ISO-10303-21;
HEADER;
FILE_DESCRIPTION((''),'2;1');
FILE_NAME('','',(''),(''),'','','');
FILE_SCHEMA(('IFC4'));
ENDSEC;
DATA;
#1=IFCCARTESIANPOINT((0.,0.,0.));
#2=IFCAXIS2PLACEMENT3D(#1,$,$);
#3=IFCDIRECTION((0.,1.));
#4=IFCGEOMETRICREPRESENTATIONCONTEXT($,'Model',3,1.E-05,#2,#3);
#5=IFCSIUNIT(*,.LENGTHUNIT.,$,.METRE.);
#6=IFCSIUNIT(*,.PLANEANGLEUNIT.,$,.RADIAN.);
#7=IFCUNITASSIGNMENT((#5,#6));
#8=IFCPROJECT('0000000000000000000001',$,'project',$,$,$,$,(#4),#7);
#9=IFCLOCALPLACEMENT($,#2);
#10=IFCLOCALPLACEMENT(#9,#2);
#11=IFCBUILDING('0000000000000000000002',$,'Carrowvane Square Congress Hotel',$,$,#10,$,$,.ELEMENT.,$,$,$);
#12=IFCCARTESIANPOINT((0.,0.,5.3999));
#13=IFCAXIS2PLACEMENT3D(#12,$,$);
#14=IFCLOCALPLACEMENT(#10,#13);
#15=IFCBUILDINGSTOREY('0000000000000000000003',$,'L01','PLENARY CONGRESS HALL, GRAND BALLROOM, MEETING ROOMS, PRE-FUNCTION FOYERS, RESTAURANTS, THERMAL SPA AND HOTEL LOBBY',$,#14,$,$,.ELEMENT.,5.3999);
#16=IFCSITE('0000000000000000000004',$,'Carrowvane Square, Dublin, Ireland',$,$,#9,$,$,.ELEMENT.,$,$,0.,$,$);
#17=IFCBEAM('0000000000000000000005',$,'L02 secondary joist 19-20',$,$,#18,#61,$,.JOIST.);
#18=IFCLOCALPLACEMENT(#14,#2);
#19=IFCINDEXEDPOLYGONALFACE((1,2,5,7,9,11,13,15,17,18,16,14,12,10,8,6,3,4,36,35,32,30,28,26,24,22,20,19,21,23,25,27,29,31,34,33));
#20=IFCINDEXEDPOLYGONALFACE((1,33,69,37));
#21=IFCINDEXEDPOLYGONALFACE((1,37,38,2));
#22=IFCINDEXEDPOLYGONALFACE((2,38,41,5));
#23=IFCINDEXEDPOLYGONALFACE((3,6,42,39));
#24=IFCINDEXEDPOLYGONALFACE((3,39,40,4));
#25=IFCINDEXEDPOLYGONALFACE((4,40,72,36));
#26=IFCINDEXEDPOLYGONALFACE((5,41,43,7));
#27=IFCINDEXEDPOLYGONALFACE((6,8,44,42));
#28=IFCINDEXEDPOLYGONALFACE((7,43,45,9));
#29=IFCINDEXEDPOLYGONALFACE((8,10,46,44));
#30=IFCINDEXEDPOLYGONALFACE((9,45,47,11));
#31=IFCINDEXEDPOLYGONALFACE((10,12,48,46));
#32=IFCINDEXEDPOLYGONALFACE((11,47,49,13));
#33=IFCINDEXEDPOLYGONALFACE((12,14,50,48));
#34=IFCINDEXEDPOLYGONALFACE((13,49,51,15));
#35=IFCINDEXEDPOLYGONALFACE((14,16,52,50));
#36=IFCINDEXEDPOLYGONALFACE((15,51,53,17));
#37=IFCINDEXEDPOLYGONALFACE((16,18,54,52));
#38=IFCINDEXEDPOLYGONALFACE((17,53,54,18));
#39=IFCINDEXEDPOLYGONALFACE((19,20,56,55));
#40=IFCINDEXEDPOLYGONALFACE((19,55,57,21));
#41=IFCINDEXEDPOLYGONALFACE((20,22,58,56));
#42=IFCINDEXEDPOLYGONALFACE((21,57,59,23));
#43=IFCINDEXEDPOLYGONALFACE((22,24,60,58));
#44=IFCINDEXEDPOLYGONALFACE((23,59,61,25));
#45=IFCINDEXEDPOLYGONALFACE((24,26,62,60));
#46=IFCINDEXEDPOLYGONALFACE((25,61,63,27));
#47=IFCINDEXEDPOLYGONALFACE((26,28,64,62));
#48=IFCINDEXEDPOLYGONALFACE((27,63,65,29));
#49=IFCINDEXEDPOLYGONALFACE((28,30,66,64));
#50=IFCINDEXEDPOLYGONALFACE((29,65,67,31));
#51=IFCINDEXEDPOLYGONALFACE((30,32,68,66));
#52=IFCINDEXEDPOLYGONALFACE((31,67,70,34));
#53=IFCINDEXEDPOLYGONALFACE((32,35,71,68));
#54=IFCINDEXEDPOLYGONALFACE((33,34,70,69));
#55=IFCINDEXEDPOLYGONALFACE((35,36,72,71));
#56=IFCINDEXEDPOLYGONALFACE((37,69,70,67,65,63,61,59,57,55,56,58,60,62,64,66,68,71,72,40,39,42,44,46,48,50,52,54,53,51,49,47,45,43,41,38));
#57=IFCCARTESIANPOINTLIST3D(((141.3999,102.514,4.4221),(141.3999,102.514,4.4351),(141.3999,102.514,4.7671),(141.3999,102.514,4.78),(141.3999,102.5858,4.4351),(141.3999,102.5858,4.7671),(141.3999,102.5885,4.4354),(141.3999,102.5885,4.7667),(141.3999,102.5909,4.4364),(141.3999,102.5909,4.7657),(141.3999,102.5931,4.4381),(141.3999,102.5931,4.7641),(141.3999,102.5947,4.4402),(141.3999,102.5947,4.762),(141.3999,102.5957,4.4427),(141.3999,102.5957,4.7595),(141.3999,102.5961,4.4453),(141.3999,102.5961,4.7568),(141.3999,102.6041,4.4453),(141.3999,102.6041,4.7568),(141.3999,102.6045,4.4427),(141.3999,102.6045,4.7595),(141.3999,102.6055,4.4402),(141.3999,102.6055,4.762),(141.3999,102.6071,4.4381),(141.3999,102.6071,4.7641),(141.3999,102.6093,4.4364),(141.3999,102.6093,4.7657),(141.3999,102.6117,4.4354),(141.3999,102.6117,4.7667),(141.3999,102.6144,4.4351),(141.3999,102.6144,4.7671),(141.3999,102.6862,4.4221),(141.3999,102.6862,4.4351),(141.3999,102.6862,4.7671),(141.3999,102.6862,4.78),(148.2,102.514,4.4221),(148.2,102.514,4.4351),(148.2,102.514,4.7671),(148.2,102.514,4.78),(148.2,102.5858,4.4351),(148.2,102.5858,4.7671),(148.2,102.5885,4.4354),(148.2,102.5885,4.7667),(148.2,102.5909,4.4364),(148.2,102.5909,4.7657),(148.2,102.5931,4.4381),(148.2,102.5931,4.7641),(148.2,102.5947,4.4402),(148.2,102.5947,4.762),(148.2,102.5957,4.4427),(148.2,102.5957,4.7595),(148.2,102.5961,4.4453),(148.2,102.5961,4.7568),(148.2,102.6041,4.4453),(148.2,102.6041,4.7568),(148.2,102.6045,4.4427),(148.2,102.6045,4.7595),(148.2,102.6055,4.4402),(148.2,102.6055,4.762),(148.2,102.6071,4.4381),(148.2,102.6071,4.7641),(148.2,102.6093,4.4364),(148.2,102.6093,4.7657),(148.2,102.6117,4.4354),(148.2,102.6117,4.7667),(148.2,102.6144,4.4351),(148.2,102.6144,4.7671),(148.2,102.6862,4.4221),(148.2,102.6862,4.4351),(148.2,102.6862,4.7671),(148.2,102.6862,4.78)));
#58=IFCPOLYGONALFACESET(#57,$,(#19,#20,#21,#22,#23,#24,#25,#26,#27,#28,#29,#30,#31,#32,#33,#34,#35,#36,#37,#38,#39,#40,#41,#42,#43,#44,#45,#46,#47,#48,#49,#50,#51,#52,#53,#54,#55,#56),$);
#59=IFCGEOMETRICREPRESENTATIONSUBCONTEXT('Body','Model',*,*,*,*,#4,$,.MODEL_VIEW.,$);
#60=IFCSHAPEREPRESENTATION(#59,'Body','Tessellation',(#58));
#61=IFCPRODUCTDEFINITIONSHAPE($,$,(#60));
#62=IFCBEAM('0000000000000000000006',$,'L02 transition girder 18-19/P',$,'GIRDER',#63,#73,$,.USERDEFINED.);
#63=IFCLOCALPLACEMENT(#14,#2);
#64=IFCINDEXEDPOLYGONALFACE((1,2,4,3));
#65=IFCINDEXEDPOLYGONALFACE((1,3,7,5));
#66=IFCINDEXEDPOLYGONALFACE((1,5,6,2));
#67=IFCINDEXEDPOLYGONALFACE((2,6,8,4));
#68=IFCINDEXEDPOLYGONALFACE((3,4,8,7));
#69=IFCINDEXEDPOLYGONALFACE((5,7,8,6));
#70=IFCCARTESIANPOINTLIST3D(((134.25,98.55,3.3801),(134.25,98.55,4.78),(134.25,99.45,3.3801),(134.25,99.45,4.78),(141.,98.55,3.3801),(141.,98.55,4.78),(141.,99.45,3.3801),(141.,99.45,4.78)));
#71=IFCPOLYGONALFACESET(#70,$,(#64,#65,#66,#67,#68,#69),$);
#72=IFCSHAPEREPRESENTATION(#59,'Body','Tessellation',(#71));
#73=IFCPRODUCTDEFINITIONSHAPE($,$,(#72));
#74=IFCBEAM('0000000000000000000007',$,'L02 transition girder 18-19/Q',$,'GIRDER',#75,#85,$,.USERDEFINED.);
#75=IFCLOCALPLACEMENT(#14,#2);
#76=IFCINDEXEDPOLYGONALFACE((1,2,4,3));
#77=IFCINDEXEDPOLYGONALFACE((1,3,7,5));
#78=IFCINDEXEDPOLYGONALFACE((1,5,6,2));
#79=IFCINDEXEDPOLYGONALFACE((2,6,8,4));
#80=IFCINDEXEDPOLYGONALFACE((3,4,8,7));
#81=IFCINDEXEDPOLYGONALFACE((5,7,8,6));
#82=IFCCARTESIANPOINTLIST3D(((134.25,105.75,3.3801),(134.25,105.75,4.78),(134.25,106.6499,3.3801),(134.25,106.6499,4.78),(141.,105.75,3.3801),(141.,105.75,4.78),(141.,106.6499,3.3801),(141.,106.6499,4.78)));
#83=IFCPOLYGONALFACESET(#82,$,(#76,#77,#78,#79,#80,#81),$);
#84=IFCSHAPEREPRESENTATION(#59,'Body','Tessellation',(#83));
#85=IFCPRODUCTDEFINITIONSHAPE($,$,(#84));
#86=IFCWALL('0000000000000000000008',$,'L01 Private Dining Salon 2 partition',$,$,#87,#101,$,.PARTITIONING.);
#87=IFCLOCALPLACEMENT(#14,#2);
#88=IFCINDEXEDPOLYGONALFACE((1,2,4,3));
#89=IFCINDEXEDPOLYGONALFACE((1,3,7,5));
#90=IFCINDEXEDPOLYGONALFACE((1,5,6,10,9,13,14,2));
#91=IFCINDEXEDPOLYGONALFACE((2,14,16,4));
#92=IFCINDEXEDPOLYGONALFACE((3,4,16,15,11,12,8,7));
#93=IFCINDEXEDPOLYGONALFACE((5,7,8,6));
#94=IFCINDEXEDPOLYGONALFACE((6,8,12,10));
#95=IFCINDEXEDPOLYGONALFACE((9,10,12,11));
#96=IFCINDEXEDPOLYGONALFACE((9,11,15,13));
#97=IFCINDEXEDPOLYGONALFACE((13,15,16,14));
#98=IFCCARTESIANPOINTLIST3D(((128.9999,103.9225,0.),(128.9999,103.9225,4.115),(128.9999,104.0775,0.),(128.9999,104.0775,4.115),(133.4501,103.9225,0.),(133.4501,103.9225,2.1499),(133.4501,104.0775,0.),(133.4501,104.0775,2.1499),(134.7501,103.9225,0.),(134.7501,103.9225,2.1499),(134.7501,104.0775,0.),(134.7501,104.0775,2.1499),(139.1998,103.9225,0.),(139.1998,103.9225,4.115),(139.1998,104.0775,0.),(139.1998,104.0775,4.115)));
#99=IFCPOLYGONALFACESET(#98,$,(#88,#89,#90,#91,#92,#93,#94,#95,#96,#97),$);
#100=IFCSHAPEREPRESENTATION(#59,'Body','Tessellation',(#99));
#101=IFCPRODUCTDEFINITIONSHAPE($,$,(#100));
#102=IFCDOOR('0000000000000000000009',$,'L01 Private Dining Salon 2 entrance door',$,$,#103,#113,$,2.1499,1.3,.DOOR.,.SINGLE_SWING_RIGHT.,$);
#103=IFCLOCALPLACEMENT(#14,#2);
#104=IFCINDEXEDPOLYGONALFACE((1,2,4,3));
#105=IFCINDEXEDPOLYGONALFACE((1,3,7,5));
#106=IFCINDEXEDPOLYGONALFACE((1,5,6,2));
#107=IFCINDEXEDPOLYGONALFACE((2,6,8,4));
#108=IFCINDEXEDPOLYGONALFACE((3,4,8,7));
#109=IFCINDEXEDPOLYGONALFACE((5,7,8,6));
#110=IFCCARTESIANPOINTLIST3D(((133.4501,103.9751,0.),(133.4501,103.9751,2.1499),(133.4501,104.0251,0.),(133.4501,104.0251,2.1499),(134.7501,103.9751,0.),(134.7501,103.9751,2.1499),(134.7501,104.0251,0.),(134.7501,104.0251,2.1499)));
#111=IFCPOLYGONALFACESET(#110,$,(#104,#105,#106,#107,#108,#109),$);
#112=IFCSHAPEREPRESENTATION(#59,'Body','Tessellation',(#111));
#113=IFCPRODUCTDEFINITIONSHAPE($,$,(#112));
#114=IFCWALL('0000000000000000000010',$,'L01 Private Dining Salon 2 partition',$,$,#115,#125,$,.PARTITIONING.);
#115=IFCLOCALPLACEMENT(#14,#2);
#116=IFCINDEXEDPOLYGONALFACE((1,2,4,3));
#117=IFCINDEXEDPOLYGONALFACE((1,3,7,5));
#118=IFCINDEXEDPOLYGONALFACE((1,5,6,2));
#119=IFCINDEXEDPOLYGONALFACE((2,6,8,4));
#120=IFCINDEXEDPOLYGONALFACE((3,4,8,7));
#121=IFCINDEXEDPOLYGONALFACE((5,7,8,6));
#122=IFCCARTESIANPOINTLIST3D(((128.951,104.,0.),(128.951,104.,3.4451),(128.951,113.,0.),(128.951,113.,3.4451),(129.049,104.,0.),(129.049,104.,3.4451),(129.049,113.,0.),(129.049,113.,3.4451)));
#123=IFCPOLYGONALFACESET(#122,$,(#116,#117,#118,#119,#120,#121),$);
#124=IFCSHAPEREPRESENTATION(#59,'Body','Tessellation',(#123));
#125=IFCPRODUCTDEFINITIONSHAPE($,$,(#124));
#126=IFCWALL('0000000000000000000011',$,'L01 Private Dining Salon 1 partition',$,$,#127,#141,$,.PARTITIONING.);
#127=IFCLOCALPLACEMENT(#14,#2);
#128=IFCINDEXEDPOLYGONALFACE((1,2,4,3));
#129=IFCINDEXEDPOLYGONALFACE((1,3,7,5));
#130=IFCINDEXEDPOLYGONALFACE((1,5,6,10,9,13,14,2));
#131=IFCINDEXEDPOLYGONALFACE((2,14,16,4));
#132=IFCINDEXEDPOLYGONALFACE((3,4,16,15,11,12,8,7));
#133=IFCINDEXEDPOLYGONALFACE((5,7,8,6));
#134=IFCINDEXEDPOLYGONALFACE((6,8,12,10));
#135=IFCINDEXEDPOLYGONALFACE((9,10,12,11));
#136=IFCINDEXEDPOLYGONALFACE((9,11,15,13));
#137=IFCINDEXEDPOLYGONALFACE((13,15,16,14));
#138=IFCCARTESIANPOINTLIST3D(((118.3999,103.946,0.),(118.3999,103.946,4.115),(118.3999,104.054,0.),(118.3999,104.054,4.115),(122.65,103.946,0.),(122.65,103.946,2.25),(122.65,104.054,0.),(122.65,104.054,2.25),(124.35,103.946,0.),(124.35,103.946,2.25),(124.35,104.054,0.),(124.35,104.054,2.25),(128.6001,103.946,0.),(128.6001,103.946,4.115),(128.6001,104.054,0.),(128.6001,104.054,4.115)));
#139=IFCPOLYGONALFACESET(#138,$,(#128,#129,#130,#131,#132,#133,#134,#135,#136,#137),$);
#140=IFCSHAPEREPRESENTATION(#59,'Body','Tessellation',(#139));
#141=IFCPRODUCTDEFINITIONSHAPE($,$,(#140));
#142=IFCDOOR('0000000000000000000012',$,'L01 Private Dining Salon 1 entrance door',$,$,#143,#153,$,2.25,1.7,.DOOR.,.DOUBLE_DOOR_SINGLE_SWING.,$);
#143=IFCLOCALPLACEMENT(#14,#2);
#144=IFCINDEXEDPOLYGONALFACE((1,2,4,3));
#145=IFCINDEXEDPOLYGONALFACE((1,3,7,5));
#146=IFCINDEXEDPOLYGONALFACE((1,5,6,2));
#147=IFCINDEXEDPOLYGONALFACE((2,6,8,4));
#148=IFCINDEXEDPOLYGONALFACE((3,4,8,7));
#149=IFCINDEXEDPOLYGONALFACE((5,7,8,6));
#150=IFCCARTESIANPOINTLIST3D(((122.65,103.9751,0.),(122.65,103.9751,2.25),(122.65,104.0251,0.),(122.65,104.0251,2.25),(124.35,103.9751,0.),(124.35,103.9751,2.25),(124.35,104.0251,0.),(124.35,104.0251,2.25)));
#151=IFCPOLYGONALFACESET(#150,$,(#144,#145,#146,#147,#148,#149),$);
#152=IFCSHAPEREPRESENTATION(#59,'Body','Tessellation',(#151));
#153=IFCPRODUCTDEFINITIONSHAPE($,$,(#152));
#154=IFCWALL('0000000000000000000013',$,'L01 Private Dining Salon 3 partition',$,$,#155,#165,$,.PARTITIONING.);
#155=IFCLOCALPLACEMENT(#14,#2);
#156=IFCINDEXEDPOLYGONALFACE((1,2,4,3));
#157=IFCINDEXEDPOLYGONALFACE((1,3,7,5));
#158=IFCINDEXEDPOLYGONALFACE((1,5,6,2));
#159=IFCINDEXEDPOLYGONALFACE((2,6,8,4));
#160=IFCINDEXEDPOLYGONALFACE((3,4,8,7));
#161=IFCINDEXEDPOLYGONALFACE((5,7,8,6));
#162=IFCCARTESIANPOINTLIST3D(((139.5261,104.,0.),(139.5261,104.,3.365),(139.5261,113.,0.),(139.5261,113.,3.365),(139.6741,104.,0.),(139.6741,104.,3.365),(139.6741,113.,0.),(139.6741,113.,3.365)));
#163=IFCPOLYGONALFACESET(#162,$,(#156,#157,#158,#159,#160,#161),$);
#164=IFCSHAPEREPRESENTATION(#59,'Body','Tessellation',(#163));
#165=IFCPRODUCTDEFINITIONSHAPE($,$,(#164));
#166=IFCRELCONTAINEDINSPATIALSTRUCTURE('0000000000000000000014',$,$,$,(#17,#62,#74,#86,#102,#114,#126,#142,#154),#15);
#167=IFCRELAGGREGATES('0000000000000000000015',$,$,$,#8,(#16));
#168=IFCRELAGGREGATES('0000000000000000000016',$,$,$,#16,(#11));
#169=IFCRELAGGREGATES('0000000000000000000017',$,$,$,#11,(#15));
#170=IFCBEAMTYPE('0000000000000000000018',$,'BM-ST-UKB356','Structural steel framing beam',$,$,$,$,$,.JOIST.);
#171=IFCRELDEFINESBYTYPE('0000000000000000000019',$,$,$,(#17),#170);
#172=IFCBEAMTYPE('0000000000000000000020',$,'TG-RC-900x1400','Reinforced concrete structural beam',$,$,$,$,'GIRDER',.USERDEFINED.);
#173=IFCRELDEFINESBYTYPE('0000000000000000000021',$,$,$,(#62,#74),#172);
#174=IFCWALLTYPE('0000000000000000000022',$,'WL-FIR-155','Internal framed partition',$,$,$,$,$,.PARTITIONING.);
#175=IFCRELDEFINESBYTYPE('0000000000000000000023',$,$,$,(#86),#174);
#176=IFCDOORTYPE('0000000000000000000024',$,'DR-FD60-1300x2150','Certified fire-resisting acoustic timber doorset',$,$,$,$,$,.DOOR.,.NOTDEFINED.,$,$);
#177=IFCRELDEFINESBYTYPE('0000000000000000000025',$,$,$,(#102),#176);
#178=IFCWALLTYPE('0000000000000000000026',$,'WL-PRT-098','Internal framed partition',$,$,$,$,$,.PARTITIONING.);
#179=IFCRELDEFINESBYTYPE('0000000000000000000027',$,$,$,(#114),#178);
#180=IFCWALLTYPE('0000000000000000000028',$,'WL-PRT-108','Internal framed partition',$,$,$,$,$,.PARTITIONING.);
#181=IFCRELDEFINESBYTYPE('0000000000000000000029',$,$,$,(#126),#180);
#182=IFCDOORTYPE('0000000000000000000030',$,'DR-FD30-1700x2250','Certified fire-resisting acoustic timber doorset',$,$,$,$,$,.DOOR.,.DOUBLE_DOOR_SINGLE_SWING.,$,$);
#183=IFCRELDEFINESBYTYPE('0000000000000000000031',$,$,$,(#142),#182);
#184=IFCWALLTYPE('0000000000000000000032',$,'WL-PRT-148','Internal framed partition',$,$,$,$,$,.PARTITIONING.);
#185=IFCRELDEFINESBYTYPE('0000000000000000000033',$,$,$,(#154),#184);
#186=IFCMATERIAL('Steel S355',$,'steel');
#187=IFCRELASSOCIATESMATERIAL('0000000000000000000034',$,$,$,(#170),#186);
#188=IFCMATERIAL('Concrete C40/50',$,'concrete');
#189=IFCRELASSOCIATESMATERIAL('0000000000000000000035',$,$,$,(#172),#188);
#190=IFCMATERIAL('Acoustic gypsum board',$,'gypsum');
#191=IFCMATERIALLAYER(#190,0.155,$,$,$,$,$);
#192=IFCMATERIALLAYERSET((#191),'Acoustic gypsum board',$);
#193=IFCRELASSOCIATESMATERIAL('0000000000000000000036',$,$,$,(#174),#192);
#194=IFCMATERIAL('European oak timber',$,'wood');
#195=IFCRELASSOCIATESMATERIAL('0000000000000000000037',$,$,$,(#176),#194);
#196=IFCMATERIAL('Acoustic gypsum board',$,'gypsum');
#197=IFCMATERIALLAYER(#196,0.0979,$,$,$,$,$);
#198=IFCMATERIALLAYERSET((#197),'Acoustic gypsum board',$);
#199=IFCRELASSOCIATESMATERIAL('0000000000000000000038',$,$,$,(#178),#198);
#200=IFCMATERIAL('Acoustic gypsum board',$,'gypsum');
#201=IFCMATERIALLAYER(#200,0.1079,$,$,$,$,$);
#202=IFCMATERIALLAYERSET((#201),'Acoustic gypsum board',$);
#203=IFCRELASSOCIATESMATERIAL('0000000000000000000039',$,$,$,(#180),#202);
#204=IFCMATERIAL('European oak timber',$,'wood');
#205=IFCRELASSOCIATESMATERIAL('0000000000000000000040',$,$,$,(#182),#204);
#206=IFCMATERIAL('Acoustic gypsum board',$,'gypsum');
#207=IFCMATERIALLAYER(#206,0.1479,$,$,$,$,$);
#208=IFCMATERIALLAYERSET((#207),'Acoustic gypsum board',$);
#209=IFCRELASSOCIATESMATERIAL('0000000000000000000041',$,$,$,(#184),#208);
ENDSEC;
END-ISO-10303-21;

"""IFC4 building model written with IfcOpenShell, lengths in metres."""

from ifc_helpers import new_model, si_unit, direction, frame, frame_2d, origin, origin_2d, place, context, subcontext, project, spatial, rectangle, i_section, extrude, material, layer, layer_set, material_profile, profile_set, type_object, element, fill, save


model = new_model("IFC4")

# Units and contexts
model_context = context("Model", 3, precision=1e-05, world=origin(), true_north=direction((0.0, 1.0)))
body_context = subcontext(model_context, "Body", "Model", "MODEL_VIEW")
ifc_project = project(units=[si_unit("LENGTHUNIT", "METRE"), si_unit("PLANEANGLEUNIT", "RADIAN")], contexts=[model_context])

# Site, building, storey
site_placement = place(None, origin())
site = spatial("IfcSite", under=ifc_project, at=site_placement, Name="Carrowvane Square, Dublin, Ireland", CompositionType="ELEMENT", RefElevation=0.0)
building_placement = place(site_placement, origin())
building = spatial("IfcBuilding", under=site, at=building_placement, Name="Carrowvane Square Congress Hotel", CompositionType="ELEMENT")
storey_placement = place(building_placement, frame((0.0, 0.0, 5.3999)))
storey = spatial("IfcBuildingStorey", under=building, at=storey_placement, Name="L01", Description="PLENARY CONGRESS HALL, GRAND BALLROOM, MEETING ROOMS, PRE-FUNCTION FOYERS, RESTAURANTS, THERMAL SPA AND HOTEL LOBBY", CompositionType="ELEMENT", Elevation=5.3999)

# Beams
ifc_material_1 = material(Name="Steel S355", Category="steel")
ifc_material_profile_1 = material_profile(ifc_material_1, i_section(OverallWidth=0.1721, OverallDepth=0.3579, WebThickness=0.0081, FlangeThickness=0.0129, FilletRadius=0.0103, at=origin_2d()), Name="UKB 356x171x57")
ifc_profile_set_1 = profile_set([ifc_material_profile_1], Name="Steel S355")
beam_type_1 = type_object("IfcBeamType", Name="BM-ST-UKB356", Description="Structural steel framing beam", PredefinedType="JOIST", material=ifc_profile_set_1)
for number, where, z_axis, x_axis, name in (
    (1, (141.3999, 102.6001, 4.6011), (1.0, 0.0, 0.0), (0.0, 1.0, 0.0), "L02 secondary joist 19-20"),
):
    element("IfcBeam", number, at=place(storey_placement, frame(where, z_axis=z_axis, x_axis=x_axis)), inside=storey, type_object=beam_type_1, Name=name, PredefinedType="JOIST", context=body_context, shape_type="SweptSolid", body=[
        extrude(i_section(OverallWidth=0.1721, OverallDepth=0.3579, WebThickness=0.0081, FlangeThickness=0.0129, FilletRadius=0.0103, at=origin_2d()), origin(), (0.0, 0.0, 1.0), 6.8),
    ])
ifc_material_2 = material(Name="Concrete C40/50", Category="concrete")
ifc_material_profile_2 = material_profile(ifc_material_2, rectangle(XDim=0.8999, YDim=1.3999, at=origin_2d()), Name="RC 900x1400")
ifc_profile_set_2 = profile_set([ifc_material_profile_2], Name="Concrete C40/50")
beam_type_2 = type_object("IfcBeamType", Name="TG-RC-900x1400", Description="Reinforced concrete structural beam", ElementType="GIRDER", PredefinedType="USERDEFINED", material=ifc_profile_set_2)
for number, where, z_axis, x_axis, name in (
    (2, (134.25, 99.0, 4.0801), (1.0, 0.0, 0.0), (0.0, 1.0, 0.0), "L02 transition girder 18-19/P"),
    (3, (134.25, 106.2, 4.0801), (1.0, 0.0, 0.0), (0.0, 1.0, 0.0), "L02 transition girder 18-19/Q"),
):
    element("IfcBeam", number, at=place(storey_placement, frame(where, z_axis=z_axis, x_axis=x_axis)), inside=storey, type_object=beam_type_2, Name=name, ObjectType="GIRDER", PredefinedType="USERDEFINED", context=body_context, shape_type="SweptSolid", body=[
        extrude(rectangle(XDim=0.8999, YDim=1.3999, at=origin_2d()), origin(), (0.0, 0.0, 1.0), 6.75),
    ])

# Wall, opening, door
ifc_material_3 = material(Name="Acoustic gypsum board", Category="gypsum")
ifc_layer_1 = layer(ifc_material_3, 0.155)
ifc_layer_set_1 = layer_set([ifc_layer_1], Name="Acoustic gypsum board")
wall_type_1 = type_object("IfcWallType", Name="WL-FIR-155", Description="Internal framed partition", PredefinedType="PARTITIONING", material=ifc_layer_set_1)
wall_1_placement = place(storey_placement, frame((139.2, 104.0, 0.0), z_axis=(0.0, 0.0, 1.0), x_axis=(-1.0, 0.0, 0.0)))
wall_1 = element("IfcWall", 4, at=wall_1_placement, inside=storey, type_object=wall_type_1, Name="L01 Private Dining Salon 2 partition", PredefinedType="PARTITIONING", context=body_context, shape_type="SweptSolid", body=[
    extrude(rectangle(XDim=10.2, YDim=0.155, at=frame_2d((5.1001, 0.0))), origin(), (0.0, 0.0, 1.0), 4.115),
])
opening_1_placement = place(wall_1_placement, frame((4.45, 0.0, 0.0)))
opening_1 = element("IfcOpeningElement", 5, at=opening_1_placement, cuts=wall_1, PredefinedType="OPENING", context=body_context, shape_type="SweptSolid", body=[
    extrude(rectangle(XDim=1.3, YDim=2.1499, at=frame_2d((0.6499, 1.075))), frame((0.0, 0.0874, 0.0), z_axis=(0.0, -1.0, 0.0), x_axis=(1.0, 0.0, 0.0)), (0.0, 0.0, 1.0), 0.175),
])
ifc_material_4 = material(Name="European oak timber", Category="wood")
door_type_1 = type_object("IfcDoorType", Name="DR-FD60-1300x2150", Description="Certified fire-resisting acoustic timber doorset", OperationType="NOTDEFINED", PredefinedType="DOOR", material=ifc_material_4)
door_1_placement = place(opening_1_placement, origin())
door_1 = element("IfcDoor", 6, at=door_1_placement, inside=storey, type_object=door_type_1, Name="L01 Private Dining Salon 2 entrance door", OperationType="SINGLE_SWING_RIGHT", OverallHeight=2.1499, OverallWidth=1.3, PredefinedType="DOOR", context=body_context, shape_type="SweptSolid", body=[
    extrude(rectangle(XDim=1.3, YDim=2.1499, at=frame_2d((0.6499, 1.075))), frame((0.0, 0.0249, 0.0), z_axis=(0.0, -1.0, 0.0), x_axis=(1.0, 0.0, 0.0)), (0.0, 0.0, 1.0), 0.05),
])
fill(opening_1, door_1)

# Wall
ifc_material_5 = material(Name="Acoustic gypsum board", Category="gypsum")
ifc_layer_2 = layer(ifc_material_5, 0.0979)
ifc_layer_set_2 = layer_set([ifc_layer_2], Name="Acoustic gypsum board")
wall_type_2 = type_object("IfcWallType", Name="WL-PRT-098", Description="Internal framed partition", PredefinedType="PARTITIONING", material=ifc_layer_set_2)
wall_2_placement = place(storey_placement, frame((129.0, 104.0, 0.0), z_axis=(0.0, 0.0, 1.0), x_axis=(0.0, 1.0, 0.0)))
element("IfcWall", 7, at=wall_2_placement, inside=storey, type_object=wall_type_2, Name="L01 Private Dining Salon 2 partition", PredefinedType="PARTITIONING", context=body_context, shape_type="SweptSolid", body=[
    extrude(rectangle(XDim=9.0, YDim=0.0979, at=frame_2d((4.5, 0.0))), origin(), (0.0, 0.0, 1.0), 3.4451),
])

# Wall, opening, door
ifc_material_6 = material(Name="Acoustic gypsum board", Category="gypsum")
ifc_layer_3 = layer(ifc_material_6, 0.1079)
ifc_layer_set_3 = layer_set([ifc_layer_3], Name="Acoustic gypsum board")
wall_type_3 = type_object("IfcWallType", Name="WL-PRT-108", Description="Internal framed partition", PredefinedType="PARTITIONING", material=ifc_layer_set_3)
wall_3_placement = place(storey_placement, frame((128.6001, 104.0, 0.0), z_axis=(0.0, 0.0, 1.0), x_axis=(-1.0, 0.0, 0.0)))
wall_3 = element("IfcWall", 8, at=wall_3_placement, inside=storey, type_object=wall_type_3, Name="L01 Private Dining Salon 1 partition", PredefinedType="PARTITIONING", context=body_context, shape_type="SweptSolid", body=[
    extrude(rectangle(XDim=10.2002, YDim=0.1079, at=frame_2d((5.1001, 0.0))), origin(), (0.0, 0.0, 1.0), 4.115),
])
opening_2_placement = place(wall_3_placement, frame((4.25, 0.0, 0.0)))
opening_2 = element("IfcOpeningElement", 9, at=opening_2_placement, cuts=wall_3, PredefinedType="OPENING", context=body_context, shape_type="SweptSolid", body=[
    extrude(rectangle(XDim=1.7, YDim=2.25, at=frame_2d((0.8501, 1.125))), frame((0.0, 0.064, 0.0), z_axis=(0.0, -1.0, 0.0), x_axis=(1.0, 0.0, 0.0)), (0.0, 0.0, 1.0), 0.1279),
])
ifc_material_7 = material(Name="European oak timber", Category="wood")
door_type_2 = type_object("IfcDoorType", Name="DR-FD30-1700x2250", Description="Certified fire-resisting acoustic timber doorset", OperationType="DOUBLE_DOOR_SINGLE_SWING", PredefinedType="DOOR", material=ifc_material_7)
door_2_placement = place(opening_2_placement, origin())
door_2 = element("IfcDoor", 10, at=door_2_placement, inside=storey, type_object=door_type_2, Name="L01 Private Dining Salon 1 entrance door", OperationType="DOUBLE_DOOR_SINGLE_SWING", OverallHeight=2.25, OverallWidth=1.7, PredefinedType="DOOR", context=body_context, shape_type="SweptSolid", body=[
    extrude(rectangle(XDim=1.7, YDim=2.25, at=frame_2d((0.8501, 1.125))), frame((0.0, 0.0249, 0.0), z_axis=(0.0, -1.0, 0.0), x_axis=(1.0, 0.0, 0.0)), (0.0, 0.0, 1.0), 0.05),
])
fill(opening_2, door_2)

# Wall
ifc_material_8 = material(Name="Acoustic gypsum board", Category="gypsum")
ifc_layer_4 = layer(ifc_material_8, 0.1479)
ifc_layer_set_4 = layer_set([ifc_layer_4], Name="Acoustic gypsum board")
wall_type_4 = type_object("IfcWallType", Name="WL-PRT-148", Description="Internal framed partition", PredefinedType="PARTITIONING", material=ifc_layer_set_4)
wall_4_placement = place(storey_placement, frame((139.6001, 104.0, 0.0), z_axis=(0.0, 0.0, 1.0), x_axis=(0.0, 1.0, 0.0)))
element("IfcWall", 11, at=wall_4_placement, inside=storey, type_object=wall_type_4, Name="L01 Private Dining Salon 3 partition", PredefinedType="PARTITIONING", context=body_context, shape_type="SweptSolid", body=[
    extrude(rectangle(XDim=9.0, YDim=0.1479, at=frame_2d((4.5, 0.0))), origin(), (0.0, 0.0, 1.0), 3.365),
])

save(model, "model.ifc")
